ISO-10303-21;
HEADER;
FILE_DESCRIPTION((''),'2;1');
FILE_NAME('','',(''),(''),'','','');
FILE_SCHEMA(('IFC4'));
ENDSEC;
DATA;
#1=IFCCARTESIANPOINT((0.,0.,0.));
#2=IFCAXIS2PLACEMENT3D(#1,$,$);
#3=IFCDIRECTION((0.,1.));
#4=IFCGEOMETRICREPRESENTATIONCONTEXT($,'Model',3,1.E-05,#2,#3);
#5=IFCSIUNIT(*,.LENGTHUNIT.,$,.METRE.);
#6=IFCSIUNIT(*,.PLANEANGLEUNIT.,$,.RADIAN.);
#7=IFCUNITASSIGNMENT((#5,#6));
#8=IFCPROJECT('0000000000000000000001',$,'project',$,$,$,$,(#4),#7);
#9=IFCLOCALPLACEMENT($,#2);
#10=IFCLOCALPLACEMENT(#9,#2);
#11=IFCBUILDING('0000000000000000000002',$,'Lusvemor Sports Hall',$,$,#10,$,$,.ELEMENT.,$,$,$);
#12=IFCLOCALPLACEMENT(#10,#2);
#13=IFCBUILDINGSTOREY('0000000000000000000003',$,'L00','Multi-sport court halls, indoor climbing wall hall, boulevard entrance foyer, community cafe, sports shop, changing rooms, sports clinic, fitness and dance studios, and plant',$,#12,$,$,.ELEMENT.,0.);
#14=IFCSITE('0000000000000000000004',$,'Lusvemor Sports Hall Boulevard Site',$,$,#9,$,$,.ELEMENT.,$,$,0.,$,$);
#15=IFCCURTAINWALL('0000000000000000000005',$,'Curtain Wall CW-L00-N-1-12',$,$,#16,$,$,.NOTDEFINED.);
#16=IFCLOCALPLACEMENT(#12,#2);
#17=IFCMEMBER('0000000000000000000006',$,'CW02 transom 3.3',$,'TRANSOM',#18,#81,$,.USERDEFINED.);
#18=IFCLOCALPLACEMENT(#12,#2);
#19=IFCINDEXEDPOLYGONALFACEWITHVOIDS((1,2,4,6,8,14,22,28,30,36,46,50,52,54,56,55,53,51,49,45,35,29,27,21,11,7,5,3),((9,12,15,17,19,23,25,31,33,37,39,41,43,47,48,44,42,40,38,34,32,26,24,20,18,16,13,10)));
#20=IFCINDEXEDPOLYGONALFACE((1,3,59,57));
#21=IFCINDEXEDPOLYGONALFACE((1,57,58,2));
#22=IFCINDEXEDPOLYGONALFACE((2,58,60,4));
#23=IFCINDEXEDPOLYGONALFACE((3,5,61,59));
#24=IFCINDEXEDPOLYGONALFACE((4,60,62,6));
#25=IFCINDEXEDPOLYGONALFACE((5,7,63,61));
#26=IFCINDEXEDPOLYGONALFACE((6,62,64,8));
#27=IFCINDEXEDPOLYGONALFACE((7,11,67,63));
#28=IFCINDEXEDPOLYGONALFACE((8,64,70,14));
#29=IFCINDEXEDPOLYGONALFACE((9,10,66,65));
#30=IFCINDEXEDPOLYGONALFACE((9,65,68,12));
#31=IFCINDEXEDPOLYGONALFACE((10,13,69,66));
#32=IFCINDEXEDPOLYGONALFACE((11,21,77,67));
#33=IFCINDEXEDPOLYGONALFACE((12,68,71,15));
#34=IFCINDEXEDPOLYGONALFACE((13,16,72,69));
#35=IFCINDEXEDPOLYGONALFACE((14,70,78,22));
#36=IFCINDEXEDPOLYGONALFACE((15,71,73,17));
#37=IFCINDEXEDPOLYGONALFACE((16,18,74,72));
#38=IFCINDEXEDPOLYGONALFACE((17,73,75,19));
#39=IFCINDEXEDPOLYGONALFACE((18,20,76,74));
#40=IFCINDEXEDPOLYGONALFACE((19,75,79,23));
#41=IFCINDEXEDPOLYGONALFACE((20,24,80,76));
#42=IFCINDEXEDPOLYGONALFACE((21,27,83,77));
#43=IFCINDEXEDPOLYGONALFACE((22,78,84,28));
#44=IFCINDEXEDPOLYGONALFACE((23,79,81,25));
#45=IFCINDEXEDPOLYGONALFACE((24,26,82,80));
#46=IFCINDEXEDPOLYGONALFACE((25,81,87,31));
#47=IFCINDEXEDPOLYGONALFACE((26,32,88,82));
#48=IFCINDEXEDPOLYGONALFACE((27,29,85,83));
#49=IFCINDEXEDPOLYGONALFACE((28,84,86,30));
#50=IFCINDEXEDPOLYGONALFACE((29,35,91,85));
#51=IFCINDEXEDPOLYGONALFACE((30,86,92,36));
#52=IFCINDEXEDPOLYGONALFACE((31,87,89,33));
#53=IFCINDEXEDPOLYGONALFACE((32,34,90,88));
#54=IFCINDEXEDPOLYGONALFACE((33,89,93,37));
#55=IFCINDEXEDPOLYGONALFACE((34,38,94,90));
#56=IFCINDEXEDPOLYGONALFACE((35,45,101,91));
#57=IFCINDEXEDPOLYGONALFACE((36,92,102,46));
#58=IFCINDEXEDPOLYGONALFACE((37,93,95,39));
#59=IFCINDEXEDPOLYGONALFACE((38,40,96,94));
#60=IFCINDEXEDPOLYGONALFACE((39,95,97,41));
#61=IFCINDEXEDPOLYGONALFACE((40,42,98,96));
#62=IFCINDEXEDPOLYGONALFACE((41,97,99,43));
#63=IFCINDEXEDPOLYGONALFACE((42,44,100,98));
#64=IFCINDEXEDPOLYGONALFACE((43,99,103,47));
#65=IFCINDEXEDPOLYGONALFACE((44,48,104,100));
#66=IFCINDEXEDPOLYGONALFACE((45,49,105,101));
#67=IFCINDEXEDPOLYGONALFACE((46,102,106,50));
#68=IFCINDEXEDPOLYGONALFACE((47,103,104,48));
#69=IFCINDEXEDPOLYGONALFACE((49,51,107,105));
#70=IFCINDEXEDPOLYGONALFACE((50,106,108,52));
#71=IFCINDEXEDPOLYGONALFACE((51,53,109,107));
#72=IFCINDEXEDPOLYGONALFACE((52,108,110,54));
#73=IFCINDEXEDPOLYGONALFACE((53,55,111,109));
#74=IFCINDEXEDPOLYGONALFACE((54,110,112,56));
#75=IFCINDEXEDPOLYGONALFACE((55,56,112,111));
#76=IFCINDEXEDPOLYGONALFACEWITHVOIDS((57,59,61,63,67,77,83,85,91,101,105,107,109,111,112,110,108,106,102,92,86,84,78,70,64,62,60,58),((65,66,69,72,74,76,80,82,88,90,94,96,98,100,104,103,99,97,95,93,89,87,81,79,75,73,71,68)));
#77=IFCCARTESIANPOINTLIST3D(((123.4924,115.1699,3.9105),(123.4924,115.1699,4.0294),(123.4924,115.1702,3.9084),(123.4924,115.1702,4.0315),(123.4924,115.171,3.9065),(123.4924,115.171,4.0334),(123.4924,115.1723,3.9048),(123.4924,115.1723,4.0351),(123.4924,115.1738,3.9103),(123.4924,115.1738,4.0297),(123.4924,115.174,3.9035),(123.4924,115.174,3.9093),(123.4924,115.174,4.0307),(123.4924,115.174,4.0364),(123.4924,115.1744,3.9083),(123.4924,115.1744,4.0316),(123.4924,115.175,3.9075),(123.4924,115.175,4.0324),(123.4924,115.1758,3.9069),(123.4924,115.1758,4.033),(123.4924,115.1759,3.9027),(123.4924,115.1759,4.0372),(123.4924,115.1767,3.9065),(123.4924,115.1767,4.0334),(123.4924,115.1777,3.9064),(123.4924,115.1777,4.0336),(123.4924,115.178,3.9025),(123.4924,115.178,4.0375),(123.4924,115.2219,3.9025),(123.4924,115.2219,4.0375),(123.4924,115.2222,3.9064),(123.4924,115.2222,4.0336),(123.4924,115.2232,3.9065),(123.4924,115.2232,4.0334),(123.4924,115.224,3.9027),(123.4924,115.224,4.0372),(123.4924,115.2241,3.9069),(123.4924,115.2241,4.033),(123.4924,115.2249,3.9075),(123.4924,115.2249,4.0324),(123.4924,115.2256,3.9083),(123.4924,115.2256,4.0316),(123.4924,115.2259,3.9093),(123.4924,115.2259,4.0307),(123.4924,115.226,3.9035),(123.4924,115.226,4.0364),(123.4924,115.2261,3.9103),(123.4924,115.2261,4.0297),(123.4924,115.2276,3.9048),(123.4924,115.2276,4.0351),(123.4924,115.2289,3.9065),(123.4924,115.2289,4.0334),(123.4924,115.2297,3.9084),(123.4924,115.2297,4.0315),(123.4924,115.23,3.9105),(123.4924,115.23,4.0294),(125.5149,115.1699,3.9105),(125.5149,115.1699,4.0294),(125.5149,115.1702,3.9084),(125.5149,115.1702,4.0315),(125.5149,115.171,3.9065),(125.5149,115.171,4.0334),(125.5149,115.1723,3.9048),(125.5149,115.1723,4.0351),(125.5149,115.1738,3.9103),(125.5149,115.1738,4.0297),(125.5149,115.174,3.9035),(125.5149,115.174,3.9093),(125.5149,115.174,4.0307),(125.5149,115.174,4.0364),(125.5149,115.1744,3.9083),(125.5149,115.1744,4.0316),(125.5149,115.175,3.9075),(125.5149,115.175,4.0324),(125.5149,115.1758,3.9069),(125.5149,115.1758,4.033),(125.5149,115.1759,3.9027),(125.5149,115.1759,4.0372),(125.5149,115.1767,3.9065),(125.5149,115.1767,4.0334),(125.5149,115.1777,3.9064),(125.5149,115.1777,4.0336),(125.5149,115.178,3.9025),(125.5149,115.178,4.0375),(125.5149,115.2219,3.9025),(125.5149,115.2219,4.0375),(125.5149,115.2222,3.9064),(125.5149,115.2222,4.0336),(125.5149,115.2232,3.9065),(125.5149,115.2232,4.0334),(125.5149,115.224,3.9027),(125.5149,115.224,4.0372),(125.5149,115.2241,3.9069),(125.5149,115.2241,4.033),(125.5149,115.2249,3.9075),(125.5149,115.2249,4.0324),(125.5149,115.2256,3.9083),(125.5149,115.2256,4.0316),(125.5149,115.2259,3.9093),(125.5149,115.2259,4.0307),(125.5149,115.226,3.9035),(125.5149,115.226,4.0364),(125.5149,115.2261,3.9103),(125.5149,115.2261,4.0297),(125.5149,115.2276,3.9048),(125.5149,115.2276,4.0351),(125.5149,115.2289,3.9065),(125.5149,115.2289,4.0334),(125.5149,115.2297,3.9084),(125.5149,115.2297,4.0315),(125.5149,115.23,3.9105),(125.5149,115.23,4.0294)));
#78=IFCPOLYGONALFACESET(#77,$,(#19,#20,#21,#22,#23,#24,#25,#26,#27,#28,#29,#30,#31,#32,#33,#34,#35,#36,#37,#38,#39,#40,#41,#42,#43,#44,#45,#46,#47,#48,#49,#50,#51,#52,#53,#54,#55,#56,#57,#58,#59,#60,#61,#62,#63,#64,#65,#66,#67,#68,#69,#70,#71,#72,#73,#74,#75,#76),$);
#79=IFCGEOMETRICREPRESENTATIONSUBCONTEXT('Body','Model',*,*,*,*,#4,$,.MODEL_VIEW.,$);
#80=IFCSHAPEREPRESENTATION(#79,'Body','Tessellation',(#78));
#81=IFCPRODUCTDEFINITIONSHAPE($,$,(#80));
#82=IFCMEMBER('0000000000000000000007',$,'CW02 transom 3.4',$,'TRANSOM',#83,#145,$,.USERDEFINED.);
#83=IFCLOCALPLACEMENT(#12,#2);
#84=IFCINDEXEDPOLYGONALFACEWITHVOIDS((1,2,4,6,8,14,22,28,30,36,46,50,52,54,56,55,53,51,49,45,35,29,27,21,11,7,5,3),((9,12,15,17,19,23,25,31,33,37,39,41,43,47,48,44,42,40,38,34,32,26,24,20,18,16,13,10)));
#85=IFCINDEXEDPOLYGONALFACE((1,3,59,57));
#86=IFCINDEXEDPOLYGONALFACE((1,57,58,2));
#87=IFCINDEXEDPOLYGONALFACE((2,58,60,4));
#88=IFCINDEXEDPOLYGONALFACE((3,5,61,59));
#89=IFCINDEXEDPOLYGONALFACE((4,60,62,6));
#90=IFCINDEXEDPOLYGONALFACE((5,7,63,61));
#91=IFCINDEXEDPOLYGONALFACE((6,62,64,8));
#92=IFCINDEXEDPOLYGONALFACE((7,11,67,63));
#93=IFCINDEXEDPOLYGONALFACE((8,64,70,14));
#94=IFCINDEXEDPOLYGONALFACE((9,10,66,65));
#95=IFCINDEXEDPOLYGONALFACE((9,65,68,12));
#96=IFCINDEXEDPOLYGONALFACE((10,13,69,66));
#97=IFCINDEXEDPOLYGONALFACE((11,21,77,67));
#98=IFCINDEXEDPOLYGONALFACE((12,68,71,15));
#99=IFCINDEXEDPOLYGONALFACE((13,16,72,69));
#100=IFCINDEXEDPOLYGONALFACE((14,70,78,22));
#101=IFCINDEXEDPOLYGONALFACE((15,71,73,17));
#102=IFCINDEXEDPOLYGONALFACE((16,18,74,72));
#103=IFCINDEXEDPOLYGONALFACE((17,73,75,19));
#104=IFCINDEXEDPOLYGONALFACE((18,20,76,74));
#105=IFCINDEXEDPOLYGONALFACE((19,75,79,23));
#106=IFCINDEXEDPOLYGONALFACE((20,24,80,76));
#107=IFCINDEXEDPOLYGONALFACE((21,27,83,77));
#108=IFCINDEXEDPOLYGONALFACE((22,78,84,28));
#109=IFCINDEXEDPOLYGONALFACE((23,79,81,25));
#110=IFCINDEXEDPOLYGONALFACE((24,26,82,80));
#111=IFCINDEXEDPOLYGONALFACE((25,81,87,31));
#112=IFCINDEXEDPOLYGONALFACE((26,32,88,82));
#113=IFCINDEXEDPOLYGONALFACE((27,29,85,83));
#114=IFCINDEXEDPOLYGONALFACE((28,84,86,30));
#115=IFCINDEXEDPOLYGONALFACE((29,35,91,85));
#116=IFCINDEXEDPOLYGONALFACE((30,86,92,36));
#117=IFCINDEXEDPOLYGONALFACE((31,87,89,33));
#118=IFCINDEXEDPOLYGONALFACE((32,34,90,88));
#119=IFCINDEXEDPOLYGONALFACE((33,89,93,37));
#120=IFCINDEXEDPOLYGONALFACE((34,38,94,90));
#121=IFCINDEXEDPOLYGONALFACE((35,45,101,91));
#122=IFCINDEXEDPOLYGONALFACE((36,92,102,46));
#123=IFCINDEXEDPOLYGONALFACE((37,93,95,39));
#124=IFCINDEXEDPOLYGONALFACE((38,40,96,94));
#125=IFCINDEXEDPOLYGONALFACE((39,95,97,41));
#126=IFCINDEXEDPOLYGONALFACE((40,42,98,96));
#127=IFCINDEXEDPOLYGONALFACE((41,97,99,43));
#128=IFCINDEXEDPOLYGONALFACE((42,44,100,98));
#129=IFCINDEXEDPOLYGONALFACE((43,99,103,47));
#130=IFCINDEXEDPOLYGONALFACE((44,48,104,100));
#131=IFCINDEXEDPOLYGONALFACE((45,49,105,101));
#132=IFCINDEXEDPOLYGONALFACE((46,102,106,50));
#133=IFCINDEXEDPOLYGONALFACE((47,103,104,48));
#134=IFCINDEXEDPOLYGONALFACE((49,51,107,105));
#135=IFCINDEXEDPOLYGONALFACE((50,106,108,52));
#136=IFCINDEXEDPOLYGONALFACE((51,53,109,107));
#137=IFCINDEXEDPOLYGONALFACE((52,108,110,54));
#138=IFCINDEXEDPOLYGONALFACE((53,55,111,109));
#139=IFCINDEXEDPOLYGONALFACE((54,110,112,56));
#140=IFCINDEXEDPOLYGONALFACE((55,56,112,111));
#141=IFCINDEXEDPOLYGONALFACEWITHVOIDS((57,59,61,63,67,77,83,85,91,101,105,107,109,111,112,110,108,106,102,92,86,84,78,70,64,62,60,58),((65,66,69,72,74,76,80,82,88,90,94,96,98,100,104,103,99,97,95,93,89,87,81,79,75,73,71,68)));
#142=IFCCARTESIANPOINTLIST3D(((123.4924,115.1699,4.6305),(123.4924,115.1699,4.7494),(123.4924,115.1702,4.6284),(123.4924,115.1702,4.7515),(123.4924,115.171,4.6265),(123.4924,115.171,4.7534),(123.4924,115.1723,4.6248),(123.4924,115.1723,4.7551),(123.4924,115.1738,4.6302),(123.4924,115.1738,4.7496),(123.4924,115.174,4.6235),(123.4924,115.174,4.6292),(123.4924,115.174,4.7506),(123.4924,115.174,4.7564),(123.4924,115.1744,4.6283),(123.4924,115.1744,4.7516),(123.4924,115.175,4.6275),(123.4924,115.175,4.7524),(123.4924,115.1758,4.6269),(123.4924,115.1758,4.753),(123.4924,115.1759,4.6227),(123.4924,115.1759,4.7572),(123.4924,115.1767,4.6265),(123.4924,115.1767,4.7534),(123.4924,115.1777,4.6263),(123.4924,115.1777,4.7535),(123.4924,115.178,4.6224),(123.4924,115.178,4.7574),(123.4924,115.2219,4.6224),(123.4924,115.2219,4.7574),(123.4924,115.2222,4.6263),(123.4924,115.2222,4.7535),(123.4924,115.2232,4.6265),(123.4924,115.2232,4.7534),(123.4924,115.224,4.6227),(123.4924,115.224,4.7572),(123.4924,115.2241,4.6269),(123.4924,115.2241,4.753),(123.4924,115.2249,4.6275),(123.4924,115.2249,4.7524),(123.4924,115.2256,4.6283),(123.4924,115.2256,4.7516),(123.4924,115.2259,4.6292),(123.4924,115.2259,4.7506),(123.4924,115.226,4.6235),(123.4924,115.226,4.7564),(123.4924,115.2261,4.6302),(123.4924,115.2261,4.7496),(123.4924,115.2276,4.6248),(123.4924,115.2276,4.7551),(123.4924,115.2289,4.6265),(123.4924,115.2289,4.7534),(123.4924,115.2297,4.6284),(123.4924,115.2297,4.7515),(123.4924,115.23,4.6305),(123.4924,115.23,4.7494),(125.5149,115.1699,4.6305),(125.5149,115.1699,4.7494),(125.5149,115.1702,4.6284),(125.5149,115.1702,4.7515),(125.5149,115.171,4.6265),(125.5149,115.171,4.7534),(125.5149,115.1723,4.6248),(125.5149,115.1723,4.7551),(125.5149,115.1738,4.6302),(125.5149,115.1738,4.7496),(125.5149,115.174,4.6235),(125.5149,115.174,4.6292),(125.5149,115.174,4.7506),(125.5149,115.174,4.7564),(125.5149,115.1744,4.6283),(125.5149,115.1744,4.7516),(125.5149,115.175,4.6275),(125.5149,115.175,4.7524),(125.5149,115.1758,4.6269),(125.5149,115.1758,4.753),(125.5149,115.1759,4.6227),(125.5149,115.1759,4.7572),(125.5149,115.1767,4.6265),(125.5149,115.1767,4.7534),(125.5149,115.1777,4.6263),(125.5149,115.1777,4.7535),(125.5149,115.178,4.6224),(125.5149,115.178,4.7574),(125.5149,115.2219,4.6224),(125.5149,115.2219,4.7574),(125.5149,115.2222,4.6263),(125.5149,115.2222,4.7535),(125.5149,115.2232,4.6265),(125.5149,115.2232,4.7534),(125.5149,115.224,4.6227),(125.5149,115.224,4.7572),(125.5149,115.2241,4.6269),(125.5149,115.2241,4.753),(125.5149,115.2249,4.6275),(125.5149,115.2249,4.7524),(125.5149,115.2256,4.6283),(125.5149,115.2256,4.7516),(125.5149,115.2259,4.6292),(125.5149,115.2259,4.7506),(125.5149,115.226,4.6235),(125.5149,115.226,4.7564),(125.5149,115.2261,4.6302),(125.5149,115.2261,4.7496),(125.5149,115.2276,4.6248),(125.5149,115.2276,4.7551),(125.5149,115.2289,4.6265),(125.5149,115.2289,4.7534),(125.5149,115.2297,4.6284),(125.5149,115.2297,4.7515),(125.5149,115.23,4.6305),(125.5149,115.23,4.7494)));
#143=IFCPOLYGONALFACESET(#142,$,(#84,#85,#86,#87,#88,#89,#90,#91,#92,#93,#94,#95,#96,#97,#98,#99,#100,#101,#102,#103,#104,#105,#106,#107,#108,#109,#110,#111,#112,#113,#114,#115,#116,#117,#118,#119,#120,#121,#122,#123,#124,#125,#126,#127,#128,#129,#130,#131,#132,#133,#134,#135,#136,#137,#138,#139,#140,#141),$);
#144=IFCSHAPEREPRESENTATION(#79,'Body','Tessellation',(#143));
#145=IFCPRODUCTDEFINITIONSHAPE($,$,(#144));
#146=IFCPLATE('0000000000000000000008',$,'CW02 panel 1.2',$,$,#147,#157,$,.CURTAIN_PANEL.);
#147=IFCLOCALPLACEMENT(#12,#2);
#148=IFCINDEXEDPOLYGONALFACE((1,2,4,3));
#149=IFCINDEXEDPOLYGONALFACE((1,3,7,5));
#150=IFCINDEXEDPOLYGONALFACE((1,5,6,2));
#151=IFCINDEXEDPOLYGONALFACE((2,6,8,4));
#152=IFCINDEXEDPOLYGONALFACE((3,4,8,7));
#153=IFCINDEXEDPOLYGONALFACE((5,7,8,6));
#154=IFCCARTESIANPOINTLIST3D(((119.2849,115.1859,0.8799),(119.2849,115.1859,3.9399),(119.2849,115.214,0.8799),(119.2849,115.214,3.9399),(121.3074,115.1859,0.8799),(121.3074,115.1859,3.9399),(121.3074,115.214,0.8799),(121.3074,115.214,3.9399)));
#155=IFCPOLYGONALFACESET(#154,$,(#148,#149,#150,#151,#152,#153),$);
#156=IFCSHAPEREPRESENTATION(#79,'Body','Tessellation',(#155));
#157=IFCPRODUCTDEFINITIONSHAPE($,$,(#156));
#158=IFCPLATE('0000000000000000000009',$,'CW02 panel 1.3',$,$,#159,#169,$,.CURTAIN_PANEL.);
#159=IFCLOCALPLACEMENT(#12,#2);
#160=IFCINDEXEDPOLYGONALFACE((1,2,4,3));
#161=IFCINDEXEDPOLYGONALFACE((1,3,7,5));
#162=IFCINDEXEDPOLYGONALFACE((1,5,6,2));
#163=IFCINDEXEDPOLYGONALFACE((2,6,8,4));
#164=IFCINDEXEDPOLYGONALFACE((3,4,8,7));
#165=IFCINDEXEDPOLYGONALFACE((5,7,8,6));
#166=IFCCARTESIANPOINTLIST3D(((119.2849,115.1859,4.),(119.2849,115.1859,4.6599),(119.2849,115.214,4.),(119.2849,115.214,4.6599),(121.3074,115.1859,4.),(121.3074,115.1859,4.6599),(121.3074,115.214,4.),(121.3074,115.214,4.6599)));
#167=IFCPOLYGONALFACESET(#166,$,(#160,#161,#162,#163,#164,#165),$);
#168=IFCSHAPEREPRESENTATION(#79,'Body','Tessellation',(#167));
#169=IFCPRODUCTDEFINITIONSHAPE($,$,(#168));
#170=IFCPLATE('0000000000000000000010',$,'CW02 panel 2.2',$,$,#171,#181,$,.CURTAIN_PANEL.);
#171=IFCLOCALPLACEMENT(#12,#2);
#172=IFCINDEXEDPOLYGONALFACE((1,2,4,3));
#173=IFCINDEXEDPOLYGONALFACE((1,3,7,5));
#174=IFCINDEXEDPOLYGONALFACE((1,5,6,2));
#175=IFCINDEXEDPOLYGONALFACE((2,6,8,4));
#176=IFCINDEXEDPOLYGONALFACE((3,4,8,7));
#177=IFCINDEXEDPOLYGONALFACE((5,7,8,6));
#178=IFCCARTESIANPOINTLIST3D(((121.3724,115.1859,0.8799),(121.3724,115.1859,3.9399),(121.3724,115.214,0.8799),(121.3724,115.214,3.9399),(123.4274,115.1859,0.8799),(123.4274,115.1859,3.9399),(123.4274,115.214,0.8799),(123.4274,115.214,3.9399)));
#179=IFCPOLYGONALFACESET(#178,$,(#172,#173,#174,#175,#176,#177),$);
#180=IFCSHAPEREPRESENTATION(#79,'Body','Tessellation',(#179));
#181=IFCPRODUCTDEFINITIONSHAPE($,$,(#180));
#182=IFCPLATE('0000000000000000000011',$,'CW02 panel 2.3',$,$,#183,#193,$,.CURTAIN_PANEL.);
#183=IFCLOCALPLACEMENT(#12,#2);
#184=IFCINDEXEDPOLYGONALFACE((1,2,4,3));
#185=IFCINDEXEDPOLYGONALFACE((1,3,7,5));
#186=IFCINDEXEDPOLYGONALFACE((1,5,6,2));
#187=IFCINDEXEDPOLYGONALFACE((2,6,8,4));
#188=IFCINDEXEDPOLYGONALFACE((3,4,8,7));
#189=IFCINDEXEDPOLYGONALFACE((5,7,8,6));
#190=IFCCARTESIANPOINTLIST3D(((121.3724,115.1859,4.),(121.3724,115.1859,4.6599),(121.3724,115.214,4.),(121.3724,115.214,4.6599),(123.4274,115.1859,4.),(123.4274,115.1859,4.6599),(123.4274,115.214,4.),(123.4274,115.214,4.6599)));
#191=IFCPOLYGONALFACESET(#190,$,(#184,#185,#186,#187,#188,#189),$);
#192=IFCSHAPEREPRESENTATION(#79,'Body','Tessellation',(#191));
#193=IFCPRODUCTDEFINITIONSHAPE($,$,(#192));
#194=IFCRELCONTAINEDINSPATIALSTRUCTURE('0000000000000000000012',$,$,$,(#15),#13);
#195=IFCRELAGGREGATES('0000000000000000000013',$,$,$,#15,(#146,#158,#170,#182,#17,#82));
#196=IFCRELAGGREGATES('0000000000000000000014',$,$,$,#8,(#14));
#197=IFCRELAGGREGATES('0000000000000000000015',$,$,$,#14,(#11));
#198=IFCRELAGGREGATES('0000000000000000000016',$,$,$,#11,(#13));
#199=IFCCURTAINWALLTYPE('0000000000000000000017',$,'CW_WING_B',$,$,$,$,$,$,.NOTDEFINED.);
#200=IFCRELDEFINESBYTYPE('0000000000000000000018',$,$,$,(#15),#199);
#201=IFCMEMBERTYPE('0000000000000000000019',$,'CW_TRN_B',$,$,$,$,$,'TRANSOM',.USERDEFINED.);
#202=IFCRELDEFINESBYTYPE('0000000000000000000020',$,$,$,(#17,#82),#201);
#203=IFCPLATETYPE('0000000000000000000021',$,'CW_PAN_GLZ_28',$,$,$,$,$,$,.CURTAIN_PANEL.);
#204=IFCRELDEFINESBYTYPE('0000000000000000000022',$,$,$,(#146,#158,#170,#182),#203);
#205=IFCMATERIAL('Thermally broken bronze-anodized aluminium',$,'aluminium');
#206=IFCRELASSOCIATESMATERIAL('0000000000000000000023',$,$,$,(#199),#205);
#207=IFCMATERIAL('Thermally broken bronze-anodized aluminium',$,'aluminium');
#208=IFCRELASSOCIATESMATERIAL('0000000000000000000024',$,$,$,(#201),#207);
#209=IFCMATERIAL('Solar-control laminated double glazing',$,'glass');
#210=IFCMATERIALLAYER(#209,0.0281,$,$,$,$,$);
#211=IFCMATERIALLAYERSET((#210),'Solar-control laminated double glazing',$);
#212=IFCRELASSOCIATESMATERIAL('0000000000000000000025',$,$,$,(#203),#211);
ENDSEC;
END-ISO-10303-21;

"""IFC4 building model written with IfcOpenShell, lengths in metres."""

from ifc_helpers import new_model, si_unit, direction, frame, origin, origin_2d, place, context, subcontext, project, spatial, rectangle, hollow_rectangle, extrude, material, layer, layer_set, material_profile, profile_set, type_object, element, aggregate, save


model = new_model("IFC4")

# Units and contexts
model_context = context("Model", 3, precision=1e-05, world=origin(), true_north=direction((0.0, 1.0)))
body_context = subcontext(model_context, "Body", "Model", "MODEL_VIEW")
ifc_project = project(units=[si_unit("LENGTHUNIT", "METRE"), si_unit("PLANEANGLEUNIT", "RADIAN")], contexts=[model_context])

# Site, building, storey
site_placement = place(None, origin())
site = spatial("IfcSite", under=ifc_project, at=site_placement, Name="Lusvemor Sports Hall Boulevard Site", CompositionType="ELEMENT", RefElevation=0.0)
building_placement = place(site_placement, origin())
building = spatial("IfcBuilding", under=site, at=building_placement, Name="Lusvemor Sports Hall", CompositionType="ELEMENT")
storey_placement = place(building_placement, origin())
storey = spatial("IfcBuildingStorey", under=building, at=storey_placement, Name="L00", Description="Multi-sport court halls, indoor climbing wall hall, boulevard entrance foyer, community cafe, sports shop, changing rooms, sports clinic, fitness and dance studios, and plant", CompositionType="ELEMENT", Elevation=0.0)

# Curtain wall, members, plates
ifc_material_1 = material(Name="Thermally broken bronze-anodized aluminium", Category="aluminium")
curtain_wall_type = type_object("IfcCurtainWallType", Name="CW_WING_B", PredefinedType="NOTDEFINED", material=ifc_material_1)
curtain_wall_placement = place(storey_placement, origin())
curtain_wall = element("IfcCurtainWall", 1, at=curtain_wall_placement, inside=storey, type_object=curtain_wall_type, Name="Curtain Wall CW-L00-N-1-12", PredefinedType="NOTDEFINED")
ifc_material_2 = material(Name="Thermally broken bronze-anodized aluminium", Category="aluminium")
ifc_material_profile_1 = material_profile(ifc_material_2, hollow_rectangle(XDim=0.0601, YDim=0.135, WallThickness=0.0039, InnerFilletRadius=0.0039, OuterFilletRadius=0.0081, at=origin_2d()), Name="CWTRN135x60x4")
ifc_profile_set_1 = profile_set([ifc_material_profile_1], Name="Thermally broken bronze-anodized aluminium")
member_type_1 = type_object("IfcMemberType", Name="CW_TRN_B", ElementType="TRANSOM", PredefinedType="USERDEFINED", material=ifc_profile_set_1)
member_1_placement = place(storey_placement, frame((123.4924, 115.2, 3.97), z_axis=(1.0, 0.0, 0.0), x_axis=(0.0, 1.0, 0.0)))
member_1 = element("IfcMember", 2, at=member_1_placement, type_object=member_type_1, Name="CW02 transom 3.3", ObjectType="TRANSOM", PredefinedType="USERDEFINED", context=body_context, shape_type="SweptSolid", body=[
    extrude(hollow_rectangle(XDim=0.0601, YDim=0.135, WallThickness=0.0039, InnerFilletRadius=0.0039, OuterFilletRadius=0.0081, at=origin_2d()), origin(), (0.0, 0.0, 1.0), 2.0225),
])
member_2_placement = place(storey_placement, frame((123.4924, 115.2, 4.6899), z_axis=(1.0, 0.0, 0.0), x_axis=(0.0, 1.0, 0.0)))
member_2 = element("IfcMember", 3, at=member_2_placement, type_object=member_type_1, Name="CW02 transom 3.4", ObjectType="TRANSOM", PredefinedType="USERDEFINED", context=body_context, shape_type="SweptSolid", body=[
    extrude(hollow_rectangle(XDim=0.0601, YDim=0.135, WallThickness=0.0039, InnerFilletRadius=0.0039, OuterFilletRadius=0.0081, at=origin_2d()), origin(), (0.0, 0.0, 1.0), 2.0225),
])
ifc_material_3 = material(Name="Solar-control laminated double glazing", Category="glass")
ifc_layer_1 = layer(ifc_material_3, 0.0281)
ifc_layer_set_1 = layer_set([ifc_layer_1], Name="Solar-control laminated double glazing")
plate_type_1 = type_object("IfcPlateType", Name="CW_PAN_GLZ_28", PredefinedType="CURTAIN_PANEL", material=ifc_layer_set_1)
plate_1_placement = place(storey_placement, frame((120.2961, 115.2, 0.8799), z_axis=(0.0, 0.0, 1.0), x_axis=(1.0, 0.0, 0.0)))
plate_1 = element("IfcPlate", 4, at=plate_1_placement, type_object=plate_type_1, Name="CW02 panel 1.2", PredefinedType="CURTAIN_PANEL", context=body_context, shape_type="SweptSolid", body=[
    extrude(rectangle(XDim=2.0225, YDim=0.0281, at=origin_2d()), origin(), (0.0, 0.0, 1.0), 3.0601),
])
plate_2_placement = place(storey_placement, frame((120.2961, 115.2, 4.0), z_axis=(0.0, 0.0, 1.0), x_axis=(1.0, 0.0, 0.0)))
plate_2 = element("IfcPlate", 5, at=plate_2_placement, type_object=plate_type_1, Name="CW02 panel 1.3", PredefinedType="CURTAIN_PANEL", context=body_context, shape_type="SweptSolid", body=[
    extrude(rectangle(XDim=2.0225, YDim=0.0281, at=origin_2d()), origin(), (0.0, 0.0, 1.0), 0.6599),
])
plate_3_placement = place(storey_placement, frame((122.3999, 115.2, 0.8799), z_axis=(0.0, 0.0, 1.0), x_axis=(1.0, 0.0, 0.0)))
plate_3 = element("IfcPlate", 6, at=plate_3_placement, type_object=plate_type_1, Name="CW02 panel 2.2", PredefinedType="CURTAIN_PANEL", context=body_context, shape_type="SweptSolid", body=[
    extrude(rectangle(XDim=2.0549, YDim=0.0281, at=origin_2d()), origin(), (0.0, 0.0, 1.0), 3.0601),
])
plate_4_placement = place(storey_placement, frame((122.3999, 115.2, 4.0), z_axis=(0.0, 0.0, 1.0), x_axis=(1.0, 0.0, 0.0)))
plate_4 = element("IfcPlate", 7, at=plate_4_placement, type_object=plate_type_1, Name="CW02 panel 2.3", PredefinedType="CURTAIN_PANEL", context=body_context, shape_type="SweptSolid", body=[
    extrude(rectangle(XDim=2.0549, YDim=0.0281, at=origin_2d()), origin(), (0.0, 0.0, 1.0), 0.6599),
])
aggregate(curtain_wall, [plate_1, plate_2, plate_3, plate_4, member_1, member_2])

save(model, "model.ifc")
